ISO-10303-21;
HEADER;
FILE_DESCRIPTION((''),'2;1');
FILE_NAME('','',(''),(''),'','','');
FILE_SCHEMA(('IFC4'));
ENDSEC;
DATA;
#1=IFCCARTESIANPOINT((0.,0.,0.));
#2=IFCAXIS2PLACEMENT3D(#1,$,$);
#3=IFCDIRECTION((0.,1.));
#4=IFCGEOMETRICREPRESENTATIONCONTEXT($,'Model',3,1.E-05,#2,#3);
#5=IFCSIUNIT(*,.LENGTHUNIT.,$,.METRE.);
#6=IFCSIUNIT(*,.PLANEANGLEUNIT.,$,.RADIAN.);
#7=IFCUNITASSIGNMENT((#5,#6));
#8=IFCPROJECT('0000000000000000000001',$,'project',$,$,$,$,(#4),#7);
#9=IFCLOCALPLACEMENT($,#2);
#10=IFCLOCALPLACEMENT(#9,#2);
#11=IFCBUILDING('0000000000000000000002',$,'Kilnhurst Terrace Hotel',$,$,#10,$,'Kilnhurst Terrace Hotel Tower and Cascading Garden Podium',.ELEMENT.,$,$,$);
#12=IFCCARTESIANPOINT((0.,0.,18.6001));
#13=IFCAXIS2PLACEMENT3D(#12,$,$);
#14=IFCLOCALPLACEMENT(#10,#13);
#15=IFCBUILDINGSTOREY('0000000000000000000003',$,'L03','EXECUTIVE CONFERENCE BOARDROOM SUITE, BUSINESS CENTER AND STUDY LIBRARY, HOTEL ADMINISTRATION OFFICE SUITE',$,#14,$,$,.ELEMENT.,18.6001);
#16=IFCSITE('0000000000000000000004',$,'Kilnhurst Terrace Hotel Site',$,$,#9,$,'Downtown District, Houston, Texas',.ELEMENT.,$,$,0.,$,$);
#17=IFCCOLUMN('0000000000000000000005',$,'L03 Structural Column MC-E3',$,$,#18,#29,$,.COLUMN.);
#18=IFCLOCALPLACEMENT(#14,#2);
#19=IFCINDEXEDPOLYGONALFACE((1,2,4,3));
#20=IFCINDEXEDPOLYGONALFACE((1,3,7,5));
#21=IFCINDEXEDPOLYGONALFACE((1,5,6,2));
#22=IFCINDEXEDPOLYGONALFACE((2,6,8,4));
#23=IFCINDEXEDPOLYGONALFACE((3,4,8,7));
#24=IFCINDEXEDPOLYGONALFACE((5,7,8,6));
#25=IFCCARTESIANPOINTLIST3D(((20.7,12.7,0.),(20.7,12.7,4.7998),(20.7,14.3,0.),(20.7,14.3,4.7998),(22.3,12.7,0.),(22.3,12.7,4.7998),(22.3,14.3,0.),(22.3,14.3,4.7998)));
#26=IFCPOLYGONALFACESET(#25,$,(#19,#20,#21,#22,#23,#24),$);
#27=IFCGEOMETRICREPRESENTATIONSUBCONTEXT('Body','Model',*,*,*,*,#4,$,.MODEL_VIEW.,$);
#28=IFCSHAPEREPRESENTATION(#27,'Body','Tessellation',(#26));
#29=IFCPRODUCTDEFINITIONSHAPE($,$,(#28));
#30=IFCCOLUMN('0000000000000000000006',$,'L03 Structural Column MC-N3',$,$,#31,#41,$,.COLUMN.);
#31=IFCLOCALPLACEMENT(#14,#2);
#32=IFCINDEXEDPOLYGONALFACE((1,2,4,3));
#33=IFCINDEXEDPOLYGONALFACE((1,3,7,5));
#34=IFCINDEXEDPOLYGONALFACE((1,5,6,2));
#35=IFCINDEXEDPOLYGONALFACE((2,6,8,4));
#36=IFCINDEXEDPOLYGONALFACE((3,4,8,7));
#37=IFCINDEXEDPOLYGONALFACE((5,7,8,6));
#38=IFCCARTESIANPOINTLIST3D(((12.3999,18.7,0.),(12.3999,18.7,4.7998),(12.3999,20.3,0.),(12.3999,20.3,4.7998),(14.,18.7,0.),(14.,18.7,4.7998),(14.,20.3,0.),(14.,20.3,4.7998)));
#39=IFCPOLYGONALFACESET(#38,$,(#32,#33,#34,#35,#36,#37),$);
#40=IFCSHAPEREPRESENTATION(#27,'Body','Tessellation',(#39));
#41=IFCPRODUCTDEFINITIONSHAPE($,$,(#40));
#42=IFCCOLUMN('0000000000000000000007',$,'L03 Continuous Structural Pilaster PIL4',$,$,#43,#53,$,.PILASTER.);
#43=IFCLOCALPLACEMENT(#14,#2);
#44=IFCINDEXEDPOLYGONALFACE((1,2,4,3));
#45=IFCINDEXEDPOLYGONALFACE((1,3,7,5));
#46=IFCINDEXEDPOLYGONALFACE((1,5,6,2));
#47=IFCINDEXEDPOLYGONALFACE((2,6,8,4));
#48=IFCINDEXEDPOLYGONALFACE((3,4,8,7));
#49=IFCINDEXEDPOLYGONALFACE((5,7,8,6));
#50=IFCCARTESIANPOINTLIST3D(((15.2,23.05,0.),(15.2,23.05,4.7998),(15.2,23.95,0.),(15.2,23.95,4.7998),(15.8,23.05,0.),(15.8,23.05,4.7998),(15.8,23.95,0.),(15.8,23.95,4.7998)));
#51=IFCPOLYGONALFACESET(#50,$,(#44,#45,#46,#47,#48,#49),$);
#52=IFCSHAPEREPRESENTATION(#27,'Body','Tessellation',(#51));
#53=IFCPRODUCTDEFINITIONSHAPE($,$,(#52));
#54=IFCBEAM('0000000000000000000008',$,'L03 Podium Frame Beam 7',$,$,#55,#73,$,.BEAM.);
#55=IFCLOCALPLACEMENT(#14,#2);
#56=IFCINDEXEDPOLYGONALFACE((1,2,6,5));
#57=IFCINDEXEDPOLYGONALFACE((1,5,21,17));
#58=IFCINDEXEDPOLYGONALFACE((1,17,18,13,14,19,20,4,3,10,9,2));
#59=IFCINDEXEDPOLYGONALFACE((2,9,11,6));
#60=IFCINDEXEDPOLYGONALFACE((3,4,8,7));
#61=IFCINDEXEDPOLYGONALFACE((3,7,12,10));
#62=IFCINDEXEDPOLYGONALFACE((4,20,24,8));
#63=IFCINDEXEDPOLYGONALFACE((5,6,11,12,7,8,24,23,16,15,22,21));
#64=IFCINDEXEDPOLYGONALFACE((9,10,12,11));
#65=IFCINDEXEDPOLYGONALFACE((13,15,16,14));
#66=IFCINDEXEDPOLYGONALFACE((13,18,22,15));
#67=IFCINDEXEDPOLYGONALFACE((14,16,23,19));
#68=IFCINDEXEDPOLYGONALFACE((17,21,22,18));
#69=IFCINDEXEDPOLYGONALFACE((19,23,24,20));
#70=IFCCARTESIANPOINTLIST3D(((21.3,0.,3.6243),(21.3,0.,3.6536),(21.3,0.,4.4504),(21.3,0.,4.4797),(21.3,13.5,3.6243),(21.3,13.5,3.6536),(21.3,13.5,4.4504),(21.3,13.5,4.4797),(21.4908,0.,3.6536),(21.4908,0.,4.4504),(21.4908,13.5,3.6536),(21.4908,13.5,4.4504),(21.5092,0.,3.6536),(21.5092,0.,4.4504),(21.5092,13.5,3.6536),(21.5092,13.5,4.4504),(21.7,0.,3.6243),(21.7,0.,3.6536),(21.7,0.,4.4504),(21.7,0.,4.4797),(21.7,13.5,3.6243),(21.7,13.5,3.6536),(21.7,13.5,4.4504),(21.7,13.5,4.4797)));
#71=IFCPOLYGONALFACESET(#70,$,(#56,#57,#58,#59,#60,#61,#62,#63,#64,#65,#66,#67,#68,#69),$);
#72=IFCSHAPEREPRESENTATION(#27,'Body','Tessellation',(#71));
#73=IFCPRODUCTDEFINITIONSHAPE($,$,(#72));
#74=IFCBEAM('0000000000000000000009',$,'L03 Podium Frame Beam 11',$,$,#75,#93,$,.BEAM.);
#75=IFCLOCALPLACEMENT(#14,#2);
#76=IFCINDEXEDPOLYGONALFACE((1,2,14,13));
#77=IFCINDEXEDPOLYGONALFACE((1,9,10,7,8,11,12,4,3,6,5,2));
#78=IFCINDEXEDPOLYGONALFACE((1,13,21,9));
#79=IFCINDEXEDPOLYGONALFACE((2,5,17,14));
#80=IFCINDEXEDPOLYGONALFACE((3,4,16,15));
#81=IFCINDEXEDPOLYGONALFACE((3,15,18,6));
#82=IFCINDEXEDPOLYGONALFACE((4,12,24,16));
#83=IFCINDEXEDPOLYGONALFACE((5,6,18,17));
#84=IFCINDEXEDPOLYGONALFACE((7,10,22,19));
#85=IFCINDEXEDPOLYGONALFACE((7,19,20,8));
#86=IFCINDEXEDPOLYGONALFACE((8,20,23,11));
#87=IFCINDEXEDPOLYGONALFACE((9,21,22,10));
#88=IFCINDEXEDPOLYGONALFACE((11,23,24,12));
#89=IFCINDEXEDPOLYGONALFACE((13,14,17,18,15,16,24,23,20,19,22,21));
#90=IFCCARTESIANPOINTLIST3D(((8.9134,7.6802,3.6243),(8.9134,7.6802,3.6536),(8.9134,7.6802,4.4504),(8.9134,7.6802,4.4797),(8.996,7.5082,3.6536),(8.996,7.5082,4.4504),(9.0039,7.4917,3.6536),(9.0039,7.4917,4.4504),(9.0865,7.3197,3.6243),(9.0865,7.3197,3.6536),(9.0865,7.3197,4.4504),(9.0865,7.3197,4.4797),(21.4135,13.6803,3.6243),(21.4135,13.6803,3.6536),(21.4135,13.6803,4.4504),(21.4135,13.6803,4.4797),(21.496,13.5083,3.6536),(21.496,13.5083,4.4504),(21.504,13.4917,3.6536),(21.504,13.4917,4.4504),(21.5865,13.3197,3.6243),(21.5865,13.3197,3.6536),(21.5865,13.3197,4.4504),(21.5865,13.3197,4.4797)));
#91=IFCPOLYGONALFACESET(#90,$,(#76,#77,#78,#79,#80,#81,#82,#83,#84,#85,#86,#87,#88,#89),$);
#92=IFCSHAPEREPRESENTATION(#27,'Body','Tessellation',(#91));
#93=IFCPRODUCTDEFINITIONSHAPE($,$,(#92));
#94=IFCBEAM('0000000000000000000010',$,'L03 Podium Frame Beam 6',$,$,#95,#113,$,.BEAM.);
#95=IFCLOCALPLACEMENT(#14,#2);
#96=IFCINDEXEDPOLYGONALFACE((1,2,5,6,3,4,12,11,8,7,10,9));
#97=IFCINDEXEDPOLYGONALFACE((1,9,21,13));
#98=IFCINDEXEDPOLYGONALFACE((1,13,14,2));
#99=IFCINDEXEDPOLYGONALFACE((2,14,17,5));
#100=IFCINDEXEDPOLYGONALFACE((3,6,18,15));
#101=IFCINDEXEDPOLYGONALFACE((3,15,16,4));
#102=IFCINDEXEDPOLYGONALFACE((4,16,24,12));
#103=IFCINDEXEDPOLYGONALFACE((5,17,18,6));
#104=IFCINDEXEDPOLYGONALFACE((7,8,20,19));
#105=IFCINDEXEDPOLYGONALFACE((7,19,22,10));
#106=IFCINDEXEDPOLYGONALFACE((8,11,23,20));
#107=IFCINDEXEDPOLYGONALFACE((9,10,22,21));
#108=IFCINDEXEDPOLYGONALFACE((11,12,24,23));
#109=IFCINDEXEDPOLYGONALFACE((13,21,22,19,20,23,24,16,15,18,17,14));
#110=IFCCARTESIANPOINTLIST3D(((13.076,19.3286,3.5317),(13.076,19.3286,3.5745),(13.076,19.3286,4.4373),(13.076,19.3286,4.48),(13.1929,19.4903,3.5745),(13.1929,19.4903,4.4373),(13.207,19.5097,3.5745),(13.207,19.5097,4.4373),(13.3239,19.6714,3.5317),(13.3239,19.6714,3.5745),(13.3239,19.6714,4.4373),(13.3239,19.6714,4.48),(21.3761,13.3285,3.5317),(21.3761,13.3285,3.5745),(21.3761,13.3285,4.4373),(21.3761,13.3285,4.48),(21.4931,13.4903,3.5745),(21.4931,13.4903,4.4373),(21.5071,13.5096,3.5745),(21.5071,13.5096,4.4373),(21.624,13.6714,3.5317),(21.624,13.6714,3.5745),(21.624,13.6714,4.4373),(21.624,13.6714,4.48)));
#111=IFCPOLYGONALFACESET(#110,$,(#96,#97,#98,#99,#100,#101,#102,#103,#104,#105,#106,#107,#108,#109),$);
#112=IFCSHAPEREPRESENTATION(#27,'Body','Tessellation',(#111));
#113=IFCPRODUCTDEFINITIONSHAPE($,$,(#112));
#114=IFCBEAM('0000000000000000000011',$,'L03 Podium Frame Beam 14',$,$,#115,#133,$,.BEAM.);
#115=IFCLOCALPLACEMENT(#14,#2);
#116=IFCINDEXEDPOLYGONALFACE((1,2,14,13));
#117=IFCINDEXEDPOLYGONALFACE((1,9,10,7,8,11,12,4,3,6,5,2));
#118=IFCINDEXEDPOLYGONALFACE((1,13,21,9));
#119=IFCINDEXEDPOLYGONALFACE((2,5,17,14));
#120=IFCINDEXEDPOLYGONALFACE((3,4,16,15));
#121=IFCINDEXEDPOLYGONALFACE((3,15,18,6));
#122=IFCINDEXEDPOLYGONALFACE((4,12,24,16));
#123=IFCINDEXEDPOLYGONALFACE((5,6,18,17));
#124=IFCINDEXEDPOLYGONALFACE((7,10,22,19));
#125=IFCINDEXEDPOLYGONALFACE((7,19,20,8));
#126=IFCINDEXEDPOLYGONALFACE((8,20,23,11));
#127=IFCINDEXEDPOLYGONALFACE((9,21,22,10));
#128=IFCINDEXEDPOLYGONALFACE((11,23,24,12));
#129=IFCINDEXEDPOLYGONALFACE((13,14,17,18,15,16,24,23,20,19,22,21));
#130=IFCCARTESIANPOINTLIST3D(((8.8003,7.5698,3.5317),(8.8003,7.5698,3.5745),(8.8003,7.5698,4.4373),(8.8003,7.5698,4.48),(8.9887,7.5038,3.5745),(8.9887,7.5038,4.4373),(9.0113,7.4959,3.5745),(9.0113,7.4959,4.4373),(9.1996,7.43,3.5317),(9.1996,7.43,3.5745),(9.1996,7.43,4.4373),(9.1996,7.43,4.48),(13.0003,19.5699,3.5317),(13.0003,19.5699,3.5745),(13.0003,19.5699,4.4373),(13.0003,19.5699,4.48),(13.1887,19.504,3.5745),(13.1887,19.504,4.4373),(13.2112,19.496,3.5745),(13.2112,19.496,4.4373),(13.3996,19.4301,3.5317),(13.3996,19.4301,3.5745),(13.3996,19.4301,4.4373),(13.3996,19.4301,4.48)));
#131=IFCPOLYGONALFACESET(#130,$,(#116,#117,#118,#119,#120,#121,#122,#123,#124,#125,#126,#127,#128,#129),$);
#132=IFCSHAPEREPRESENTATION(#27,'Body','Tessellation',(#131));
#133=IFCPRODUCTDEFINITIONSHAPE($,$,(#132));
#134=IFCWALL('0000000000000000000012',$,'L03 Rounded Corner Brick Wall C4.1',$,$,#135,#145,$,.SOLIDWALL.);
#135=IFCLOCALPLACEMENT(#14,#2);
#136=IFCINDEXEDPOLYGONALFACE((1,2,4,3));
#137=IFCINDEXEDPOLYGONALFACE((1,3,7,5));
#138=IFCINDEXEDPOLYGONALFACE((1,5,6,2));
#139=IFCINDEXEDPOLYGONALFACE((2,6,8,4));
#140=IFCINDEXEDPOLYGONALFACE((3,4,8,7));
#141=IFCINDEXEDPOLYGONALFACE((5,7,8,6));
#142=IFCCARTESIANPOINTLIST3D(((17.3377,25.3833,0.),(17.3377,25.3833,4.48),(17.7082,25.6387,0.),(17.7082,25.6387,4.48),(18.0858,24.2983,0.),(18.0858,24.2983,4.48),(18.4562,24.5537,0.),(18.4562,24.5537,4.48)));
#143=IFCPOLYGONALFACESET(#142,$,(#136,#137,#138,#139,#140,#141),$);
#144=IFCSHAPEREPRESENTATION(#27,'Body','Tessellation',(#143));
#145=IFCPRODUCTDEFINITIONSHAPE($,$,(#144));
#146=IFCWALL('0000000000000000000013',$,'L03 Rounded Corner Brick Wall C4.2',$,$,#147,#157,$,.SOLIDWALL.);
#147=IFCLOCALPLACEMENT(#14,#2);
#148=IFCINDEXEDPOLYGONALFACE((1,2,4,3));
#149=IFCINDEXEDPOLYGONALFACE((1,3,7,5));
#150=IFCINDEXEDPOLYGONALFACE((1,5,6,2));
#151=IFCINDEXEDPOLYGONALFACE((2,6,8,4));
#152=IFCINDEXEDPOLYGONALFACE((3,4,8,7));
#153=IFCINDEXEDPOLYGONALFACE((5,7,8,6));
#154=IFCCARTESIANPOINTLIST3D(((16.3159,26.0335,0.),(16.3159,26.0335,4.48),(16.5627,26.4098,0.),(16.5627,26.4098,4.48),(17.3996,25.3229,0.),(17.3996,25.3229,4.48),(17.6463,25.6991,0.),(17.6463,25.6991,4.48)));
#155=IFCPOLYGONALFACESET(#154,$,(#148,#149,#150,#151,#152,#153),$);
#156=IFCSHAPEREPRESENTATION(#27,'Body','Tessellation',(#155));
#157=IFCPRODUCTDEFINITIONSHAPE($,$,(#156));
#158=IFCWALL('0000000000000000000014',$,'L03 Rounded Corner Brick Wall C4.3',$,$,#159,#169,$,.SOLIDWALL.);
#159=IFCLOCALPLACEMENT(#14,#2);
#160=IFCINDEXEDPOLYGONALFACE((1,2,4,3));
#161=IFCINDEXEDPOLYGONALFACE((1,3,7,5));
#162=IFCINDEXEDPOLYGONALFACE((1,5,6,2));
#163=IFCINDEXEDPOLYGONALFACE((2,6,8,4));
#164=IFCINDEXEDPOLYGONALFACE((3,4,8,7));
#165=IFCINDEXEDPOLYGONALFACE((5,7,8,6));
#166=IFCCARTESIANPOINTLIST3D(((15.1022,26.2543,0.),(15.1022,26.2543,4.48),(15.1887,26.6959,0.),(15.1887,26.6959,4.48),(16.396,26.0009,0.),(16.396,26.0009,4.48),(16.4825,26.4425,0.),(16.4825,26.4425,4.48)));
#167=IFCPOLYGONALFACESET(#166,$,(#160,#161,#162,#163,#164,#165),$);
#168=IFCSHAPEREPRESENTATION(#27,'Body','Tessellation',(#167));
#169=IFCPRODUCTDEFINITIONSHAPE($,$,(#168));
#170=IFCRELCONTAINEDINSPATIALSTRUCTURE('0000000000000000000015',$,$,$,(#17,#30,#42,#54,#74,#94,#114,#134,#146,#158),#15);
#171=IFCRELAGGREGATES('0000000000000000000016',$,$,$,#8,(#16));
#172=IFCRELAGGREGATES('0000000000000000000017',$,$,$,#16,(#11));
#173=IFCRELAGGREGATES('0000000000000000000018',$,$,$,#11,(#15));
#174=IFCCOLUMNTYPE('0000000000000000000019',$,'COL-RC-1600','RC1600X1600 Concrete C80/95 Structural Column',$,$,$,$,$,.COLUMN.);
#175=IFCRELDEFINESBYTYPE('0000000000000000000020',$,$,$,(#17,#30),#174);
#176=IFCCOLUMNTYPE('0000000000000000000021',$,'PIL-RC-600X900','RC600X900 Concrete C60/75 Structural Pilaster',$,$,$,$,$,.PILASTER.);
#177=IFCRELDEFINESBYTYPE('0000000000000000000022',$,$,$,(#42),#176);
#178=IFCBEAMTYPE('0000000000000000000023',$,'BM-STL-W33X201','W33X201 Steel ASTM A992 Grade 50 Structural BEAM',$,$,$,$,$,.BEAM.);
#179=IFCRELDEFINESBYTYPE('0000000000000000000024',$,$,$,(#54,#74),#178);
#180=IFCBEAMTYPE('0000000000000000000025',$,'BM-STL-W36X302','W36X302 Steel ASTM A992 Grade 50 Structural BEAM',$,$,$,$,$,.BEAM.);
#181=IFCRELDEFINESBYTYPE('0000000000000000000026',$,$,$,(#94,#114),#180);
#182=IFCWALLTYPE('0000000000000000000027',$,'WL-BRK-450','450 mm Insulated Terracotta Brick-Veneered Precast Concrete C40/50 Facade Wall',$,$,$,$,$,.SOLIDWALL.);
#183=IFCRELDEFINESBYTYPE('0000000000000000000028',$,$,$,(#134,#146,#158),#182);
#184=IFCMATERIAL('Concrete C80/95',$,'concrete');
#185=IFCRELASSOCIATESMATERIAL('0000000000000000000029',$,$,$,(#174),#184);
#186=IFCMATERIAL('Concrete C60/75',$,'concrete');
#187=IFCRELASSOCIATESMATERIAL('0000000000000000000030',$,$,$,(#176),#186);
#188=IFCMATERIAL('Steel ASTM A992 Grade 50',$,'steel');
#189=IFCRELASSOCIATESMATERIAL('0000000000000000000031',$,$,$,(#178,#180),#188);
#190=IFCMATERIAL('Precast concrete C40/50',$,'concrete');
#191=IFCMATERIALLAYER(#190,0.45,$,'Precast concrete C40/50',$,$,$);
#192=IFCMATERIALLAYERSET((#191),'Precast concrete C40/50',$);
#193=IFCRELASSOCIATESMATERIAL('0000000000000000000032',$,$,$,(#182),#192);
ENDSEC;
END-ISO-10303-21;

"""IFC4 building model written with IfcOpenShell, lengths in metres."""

from ifc_helpers import new_model, si_unit, direction, frame, frame_2d, origin, origin_2d, place, context, subcontext, project, spatial, rectangle, i_section, extrude, material, layer, layer_set, material_profile, profile_set, type_object, element, save


model = new_model("IFC4")

# Units and contexts
model_context = context("Model", 3, precision=1e-05, world=origin(), true_north=direction((0.0, 1.0)))
body_context = subcontext(model_context, "Body", "Model", "MODEL_VIEW")
ifc_project = project(units=[si_unit("LENGTHUNIT", "METRE"), si_unit("PLANEANGLEUNIT", "RADIAN")], contexts=[model_context])

# Site, building, storey
site_placement = place(None, origin())
site = spatial("IfcSite", under=ifc_project, at=site_placement, Name="Kilnhurst Terrace Hotel Site", LongName="Downtown District, Houston, Texas", CompositionType="ELEMENT", RefElevation=0.0)
building_placement = place(site_placement, origin())
building = spatial("IfcBuilding", under=site, at=building_placement, Name="Kilnhurst Terrace Hotel", LongName="Kilnhurst Terrace Hotel Tower and Cascading Garden Podium", CompositionType="ELEMENT")
storey_placement = place(building_placement, frame((0.0, 0.0, 18.6001)))
storey = spatial("IfcBuildingStorey", under=building, at=storey_placement, Name="L03", Description="EXECUTIVE CONFERENCE BOARDROOM SUITE, BUSINESS CENTER AND STUDY LIBRARY, HOTEL ADMINISTRATION OFFICE SUITE", CompositionType="ELEMENT", Elevation=18.6001)

# Columns
ifc_material_1 = material(Name="Concrete C80/95", Category="concrete")
ifc_material_profile_1 = material_profile(ifc_material_1, rectangle(XDim=1.6001, YDim=1.6001, at=origin_2d()), Name="RC1600X1600")
ifc_profile_set_1 = profile_set([ifc_material_profile_1], Name="Concrete C80/95")
column_type_1 = type_object("IfcColumnType", Name="COL-RC-1600", Description="RC1600X1600 Concrete C80/95 Structural Column", PredefinedType="COLUMN", material=ifc_profile_set_1)
for number, where, z_axis, x_axis, name in (
    (1, (21.5, 13.5, 0.0), (0.0, 0.0, 1.0), (1.0, 0.0, 0.0), "L03 Structural Column MC-E3"),
    (2, (13.2, 19.5, 0.0), (0.0, 0.0, 1.0), (1.0, 0.0, 0.0), "L03 Structural Column MC-N3"),
):
    element("IfcColumn", number, at=place(storey_placement, frame(where, z_axis=z_axis, x_axis=x_axis)), inside=storey, type_object=column_type_1, Name=name, PredefinedType="COLUMN", context=body_context, shape_type="SweptSolid", body=[
        extrude(rectangle(XDim=1.6001, YDim=1.6001, at=origin_2d()), origin(), (0.0, 0.0, 1.0), 4.7998),
    ])
ifc_material_2 = material(Name="Concrete C60/75", Category="concrete")
ifc_material_profile_2 = material_profile(ifc_material_2, rectangle(XDim=0.6001, YDim=0.8999, at=origin_2d()), Name="RC600X900")
ifc_profile_set_2 = profile_set([ifc_material_profile_2], Name="Concrete C60/75")
column_type_2 = type_object("IfcColumnType", Name="PIL-RC-600X900", Description="RC600X900 Concrete C60/75 Structural Pilaster", PredefinedType="PILASTER", material=ifc_profile_set_2)
column_placement = place(storey_placement, frame((15.5, 23.5, 0.0), z_axis=(0.0, 0.0, 1.0), x_axis=(1.0, 0.0, 0.0)))
element("IfcColumn", 3, at=column_placement, inside=storey, type_object=column_type_2, Name="L03 Continuous Structural Pilaster PIL4", PredefinedType="PILASTER", context=body_context, shape_type="SweptSolid", body=[
    extrude(rectangle(XDim=0.6001, YDim=0.8999, at=origin_2d()), origin(), (0.0, 0.0, 1.0), 4.7998),
])

# Beams
ifc_material_3 = material(Name="Steel ASTM A992 Grade 50", Category="steel")
ifc_material_profile_3 = material_profile(ifc_material_3, i_section(OverallWidth=0.3999, OverallDepth=0.8555, WebThickness=0.0183, FlangeThickness=0.0293, at=origin_2d()), Name="W33X201")
ifc_profile_set_3 = profile_set([ifc_material_profile_3], Name="Steel ASTM A992 Grade 50")
beam_type_1 = type_object("IfcBeamType", Name="BM-STL-W33X201", Description="W33X201 Steel ASTM A992 Grade 50 Structural BEAM", PredefinedType="BEAM", material=ifc_profile_set_3)
beam_1_placement = place(storey_placement, frame((21.5, 13.5, 4.052), z_axis=(0.0, -1.0, 0.0), x_axis=(1.0, 0.0, 0.0)))
element("IfcBeam", 4, at=beam_1_placement, inside=storey, type_object=beam_type_1, Name="L03 Podium Frame Beam 7", PredefinedType="BEAM", context=body_context, shape_type="SweptSolid", body=[
    extrude(i_section(OverallWidth=0.3999, OverallDepth=0.8555, WebThickness=0.0183, FlangeThickness=0.0293, at=origin_2d()), origin(), (0.0, 0.0, 1.0), 13.5),
])
beam_2_placement = place(storey_placement, frame((21.5, 13.5, 4.052), z_axis=(-0.901523, -0.432731, 0.0), x_axis=(0.432731, -0.901523, 0.0)))
element("IfcBeam", 5, at=beam_2_placement, inside=storey, type_object=beam_type_1, Name="L03 Podium Frame Beam 11", PredefinedType="BEAM", context=body_context, shape_type="SweptSolid", body=[
    extrude(i_section(OverallWidth=0.3999, OverallDepth=0.8555, WebThickness=0.0183, FlangeThickness=0.0293, at=origin_2d()), origin(), (0.0, 0.0, 1.0), 13.8655),
])
ifc_material_profile_4 = material_profile(ifc_material_3, i_section(OverallWidth=0.4231, OverallDepth=0.9482, WebThickness=0.0239, FlangeThickness=0.0427, at=origin_2d()), Name="W36X302")
ifc_profile_set_4 = profile_set([ifc_material_profile_4], Name="Steel ASTM A992 Grade 50")
beam_type_2 = type_object("IfcBeamType", Name="BM-STL-W36X302", Description="W36X302 Steel ASTM A992 Grade 50 Structural BEAM", PredefinedType="BEAM", material=ifc_profile_set_4)
beam_3_placement = place(storey_placement, frame((13.2, 19.5, 4.0059), z_axis=(0.810423, -0.585845, 0.0), x_axis=(0.585845, 0.810423, 0.0)))
element("IfcBeam", 6, at=beam_3_placement, inside=storey, type_object=beam_type_2, Name="L03 Podium Frame Beam 6", PredefinedType="BEAM", context=body_context, shape_type="SweptSolid", body=[
    extrude(i_section(OverallWidth=0.4231, OverallDepth=0.9482, WebThickness=0.0239, FlangeThickness=0.0427, at=origin_2d()), origin(), (0.0, 0.0, 1.0), 10.2417),
])
beam_4_placement = place(storey_placement, frame((13.2, 19.5, 4.0059), z_axis=(-0.330347, -0.94386, 0.0), x_axis=(0.94386, -0.330347, 0.0)))
element("IfcBeam", 7, at=beam_4_placement, inside=storey, type_object=beam_type_2, Name="L03 Podium Frame Beam 14", PredefinedType="BEAM", context=body_context, shape_type="SweptSolid", body=[
    extrude(i_section(OverallWidth=0.4231, OverallDepth=0.9482, WebThickness=0.0239, FlangeThickness=0.0427, at=origin_2d()), origin(), (0.0, 0.0, 1.0), 12.7139),
])

# Walls
ifc_material_4 = material(Name="Precast concrete C40/50", Category="concrete")
ifc_layer_1 = layer(ifc_material_4, 0.45, Name="Precast concrete C40/50")
ifc_layer_set_1 = layer_set([ifc_layer_1], Name="Precast concrete C40/50")
wall_type_1 = type_object("IfcWallType", Name="WL-BRK-450", Description="450 mm Insulated Terracotta Brick-Veneered Precast Concrete C40/50 Facade Wall", PredefinedType="SOLIDWALL", material=ifc_layer_set_1)
wall_1_placement = place(storey_placement, frame((18.271, 24.426, 0.0), z_axis=(0.0, 0.0, 1.0), x_axis=(-0.567629, 0.823284, 0.0)))
element("IfcWall", 8, at=wall_1_placement, inside=storey, type_object=wall_type_1, Name="L03 Rounded Corner Brick Wall C4.1", PredefinedType="SOLIDWALL", context=body_context, shape_type="SweptSolid", body=[
    extrude(rectangle(XDim=1.3179, YDim=0.45, at=frame_2d((0.6589, 0.0))), origin(), (0.0, 0.0, 1.0), 4.48),
])
wall_2_placement = place(storey_placement, frame((17.5229, 25.511, 0.0), z_axis=(0.0, 0.0, 1.0), x_axis=(-0.836229, 0.548381, 0.0)))
element("IfcWall", 9, at=wall_2_placement, inside=storey, type_object=wall_type_1, Name="L03 Rounded Corner Brick Wall C4.2", PredefinedType="SOLIDWALL", context=body_context, shape_type="SweptSolid", body=[
    extrude(rectangle(XDim=1.2959, YDim=0.45, at=frame_2d((0.6479, 0.0))), origin(), (0.0, 0.0, 1.0), 4.48),
])
wall_3_placement = place(storey_placement, frame((16.4392, 26.2217, 0.0), z_axis=(0.0, 0.0, 1.0), x_axis=(-0.981349, 0.192233, 0.0)))
element("IfcWall", 10, at=wall_3_placement, inside=storey, type_object=wall_type_1, Name="L03 Rounded Corner Brick Wall C4.3", PredefinedType="SOLIDWALL", context=body_context, shape_type="SweptSolid", body=[
    extrude(rectangle(XDim=1.3184, YDim=0.45, at=frame_2d((0.6592, 0.0))), origin(), (0.0, 0.0, 1.0), 4.48),
])

save(model, "model.ifc")
